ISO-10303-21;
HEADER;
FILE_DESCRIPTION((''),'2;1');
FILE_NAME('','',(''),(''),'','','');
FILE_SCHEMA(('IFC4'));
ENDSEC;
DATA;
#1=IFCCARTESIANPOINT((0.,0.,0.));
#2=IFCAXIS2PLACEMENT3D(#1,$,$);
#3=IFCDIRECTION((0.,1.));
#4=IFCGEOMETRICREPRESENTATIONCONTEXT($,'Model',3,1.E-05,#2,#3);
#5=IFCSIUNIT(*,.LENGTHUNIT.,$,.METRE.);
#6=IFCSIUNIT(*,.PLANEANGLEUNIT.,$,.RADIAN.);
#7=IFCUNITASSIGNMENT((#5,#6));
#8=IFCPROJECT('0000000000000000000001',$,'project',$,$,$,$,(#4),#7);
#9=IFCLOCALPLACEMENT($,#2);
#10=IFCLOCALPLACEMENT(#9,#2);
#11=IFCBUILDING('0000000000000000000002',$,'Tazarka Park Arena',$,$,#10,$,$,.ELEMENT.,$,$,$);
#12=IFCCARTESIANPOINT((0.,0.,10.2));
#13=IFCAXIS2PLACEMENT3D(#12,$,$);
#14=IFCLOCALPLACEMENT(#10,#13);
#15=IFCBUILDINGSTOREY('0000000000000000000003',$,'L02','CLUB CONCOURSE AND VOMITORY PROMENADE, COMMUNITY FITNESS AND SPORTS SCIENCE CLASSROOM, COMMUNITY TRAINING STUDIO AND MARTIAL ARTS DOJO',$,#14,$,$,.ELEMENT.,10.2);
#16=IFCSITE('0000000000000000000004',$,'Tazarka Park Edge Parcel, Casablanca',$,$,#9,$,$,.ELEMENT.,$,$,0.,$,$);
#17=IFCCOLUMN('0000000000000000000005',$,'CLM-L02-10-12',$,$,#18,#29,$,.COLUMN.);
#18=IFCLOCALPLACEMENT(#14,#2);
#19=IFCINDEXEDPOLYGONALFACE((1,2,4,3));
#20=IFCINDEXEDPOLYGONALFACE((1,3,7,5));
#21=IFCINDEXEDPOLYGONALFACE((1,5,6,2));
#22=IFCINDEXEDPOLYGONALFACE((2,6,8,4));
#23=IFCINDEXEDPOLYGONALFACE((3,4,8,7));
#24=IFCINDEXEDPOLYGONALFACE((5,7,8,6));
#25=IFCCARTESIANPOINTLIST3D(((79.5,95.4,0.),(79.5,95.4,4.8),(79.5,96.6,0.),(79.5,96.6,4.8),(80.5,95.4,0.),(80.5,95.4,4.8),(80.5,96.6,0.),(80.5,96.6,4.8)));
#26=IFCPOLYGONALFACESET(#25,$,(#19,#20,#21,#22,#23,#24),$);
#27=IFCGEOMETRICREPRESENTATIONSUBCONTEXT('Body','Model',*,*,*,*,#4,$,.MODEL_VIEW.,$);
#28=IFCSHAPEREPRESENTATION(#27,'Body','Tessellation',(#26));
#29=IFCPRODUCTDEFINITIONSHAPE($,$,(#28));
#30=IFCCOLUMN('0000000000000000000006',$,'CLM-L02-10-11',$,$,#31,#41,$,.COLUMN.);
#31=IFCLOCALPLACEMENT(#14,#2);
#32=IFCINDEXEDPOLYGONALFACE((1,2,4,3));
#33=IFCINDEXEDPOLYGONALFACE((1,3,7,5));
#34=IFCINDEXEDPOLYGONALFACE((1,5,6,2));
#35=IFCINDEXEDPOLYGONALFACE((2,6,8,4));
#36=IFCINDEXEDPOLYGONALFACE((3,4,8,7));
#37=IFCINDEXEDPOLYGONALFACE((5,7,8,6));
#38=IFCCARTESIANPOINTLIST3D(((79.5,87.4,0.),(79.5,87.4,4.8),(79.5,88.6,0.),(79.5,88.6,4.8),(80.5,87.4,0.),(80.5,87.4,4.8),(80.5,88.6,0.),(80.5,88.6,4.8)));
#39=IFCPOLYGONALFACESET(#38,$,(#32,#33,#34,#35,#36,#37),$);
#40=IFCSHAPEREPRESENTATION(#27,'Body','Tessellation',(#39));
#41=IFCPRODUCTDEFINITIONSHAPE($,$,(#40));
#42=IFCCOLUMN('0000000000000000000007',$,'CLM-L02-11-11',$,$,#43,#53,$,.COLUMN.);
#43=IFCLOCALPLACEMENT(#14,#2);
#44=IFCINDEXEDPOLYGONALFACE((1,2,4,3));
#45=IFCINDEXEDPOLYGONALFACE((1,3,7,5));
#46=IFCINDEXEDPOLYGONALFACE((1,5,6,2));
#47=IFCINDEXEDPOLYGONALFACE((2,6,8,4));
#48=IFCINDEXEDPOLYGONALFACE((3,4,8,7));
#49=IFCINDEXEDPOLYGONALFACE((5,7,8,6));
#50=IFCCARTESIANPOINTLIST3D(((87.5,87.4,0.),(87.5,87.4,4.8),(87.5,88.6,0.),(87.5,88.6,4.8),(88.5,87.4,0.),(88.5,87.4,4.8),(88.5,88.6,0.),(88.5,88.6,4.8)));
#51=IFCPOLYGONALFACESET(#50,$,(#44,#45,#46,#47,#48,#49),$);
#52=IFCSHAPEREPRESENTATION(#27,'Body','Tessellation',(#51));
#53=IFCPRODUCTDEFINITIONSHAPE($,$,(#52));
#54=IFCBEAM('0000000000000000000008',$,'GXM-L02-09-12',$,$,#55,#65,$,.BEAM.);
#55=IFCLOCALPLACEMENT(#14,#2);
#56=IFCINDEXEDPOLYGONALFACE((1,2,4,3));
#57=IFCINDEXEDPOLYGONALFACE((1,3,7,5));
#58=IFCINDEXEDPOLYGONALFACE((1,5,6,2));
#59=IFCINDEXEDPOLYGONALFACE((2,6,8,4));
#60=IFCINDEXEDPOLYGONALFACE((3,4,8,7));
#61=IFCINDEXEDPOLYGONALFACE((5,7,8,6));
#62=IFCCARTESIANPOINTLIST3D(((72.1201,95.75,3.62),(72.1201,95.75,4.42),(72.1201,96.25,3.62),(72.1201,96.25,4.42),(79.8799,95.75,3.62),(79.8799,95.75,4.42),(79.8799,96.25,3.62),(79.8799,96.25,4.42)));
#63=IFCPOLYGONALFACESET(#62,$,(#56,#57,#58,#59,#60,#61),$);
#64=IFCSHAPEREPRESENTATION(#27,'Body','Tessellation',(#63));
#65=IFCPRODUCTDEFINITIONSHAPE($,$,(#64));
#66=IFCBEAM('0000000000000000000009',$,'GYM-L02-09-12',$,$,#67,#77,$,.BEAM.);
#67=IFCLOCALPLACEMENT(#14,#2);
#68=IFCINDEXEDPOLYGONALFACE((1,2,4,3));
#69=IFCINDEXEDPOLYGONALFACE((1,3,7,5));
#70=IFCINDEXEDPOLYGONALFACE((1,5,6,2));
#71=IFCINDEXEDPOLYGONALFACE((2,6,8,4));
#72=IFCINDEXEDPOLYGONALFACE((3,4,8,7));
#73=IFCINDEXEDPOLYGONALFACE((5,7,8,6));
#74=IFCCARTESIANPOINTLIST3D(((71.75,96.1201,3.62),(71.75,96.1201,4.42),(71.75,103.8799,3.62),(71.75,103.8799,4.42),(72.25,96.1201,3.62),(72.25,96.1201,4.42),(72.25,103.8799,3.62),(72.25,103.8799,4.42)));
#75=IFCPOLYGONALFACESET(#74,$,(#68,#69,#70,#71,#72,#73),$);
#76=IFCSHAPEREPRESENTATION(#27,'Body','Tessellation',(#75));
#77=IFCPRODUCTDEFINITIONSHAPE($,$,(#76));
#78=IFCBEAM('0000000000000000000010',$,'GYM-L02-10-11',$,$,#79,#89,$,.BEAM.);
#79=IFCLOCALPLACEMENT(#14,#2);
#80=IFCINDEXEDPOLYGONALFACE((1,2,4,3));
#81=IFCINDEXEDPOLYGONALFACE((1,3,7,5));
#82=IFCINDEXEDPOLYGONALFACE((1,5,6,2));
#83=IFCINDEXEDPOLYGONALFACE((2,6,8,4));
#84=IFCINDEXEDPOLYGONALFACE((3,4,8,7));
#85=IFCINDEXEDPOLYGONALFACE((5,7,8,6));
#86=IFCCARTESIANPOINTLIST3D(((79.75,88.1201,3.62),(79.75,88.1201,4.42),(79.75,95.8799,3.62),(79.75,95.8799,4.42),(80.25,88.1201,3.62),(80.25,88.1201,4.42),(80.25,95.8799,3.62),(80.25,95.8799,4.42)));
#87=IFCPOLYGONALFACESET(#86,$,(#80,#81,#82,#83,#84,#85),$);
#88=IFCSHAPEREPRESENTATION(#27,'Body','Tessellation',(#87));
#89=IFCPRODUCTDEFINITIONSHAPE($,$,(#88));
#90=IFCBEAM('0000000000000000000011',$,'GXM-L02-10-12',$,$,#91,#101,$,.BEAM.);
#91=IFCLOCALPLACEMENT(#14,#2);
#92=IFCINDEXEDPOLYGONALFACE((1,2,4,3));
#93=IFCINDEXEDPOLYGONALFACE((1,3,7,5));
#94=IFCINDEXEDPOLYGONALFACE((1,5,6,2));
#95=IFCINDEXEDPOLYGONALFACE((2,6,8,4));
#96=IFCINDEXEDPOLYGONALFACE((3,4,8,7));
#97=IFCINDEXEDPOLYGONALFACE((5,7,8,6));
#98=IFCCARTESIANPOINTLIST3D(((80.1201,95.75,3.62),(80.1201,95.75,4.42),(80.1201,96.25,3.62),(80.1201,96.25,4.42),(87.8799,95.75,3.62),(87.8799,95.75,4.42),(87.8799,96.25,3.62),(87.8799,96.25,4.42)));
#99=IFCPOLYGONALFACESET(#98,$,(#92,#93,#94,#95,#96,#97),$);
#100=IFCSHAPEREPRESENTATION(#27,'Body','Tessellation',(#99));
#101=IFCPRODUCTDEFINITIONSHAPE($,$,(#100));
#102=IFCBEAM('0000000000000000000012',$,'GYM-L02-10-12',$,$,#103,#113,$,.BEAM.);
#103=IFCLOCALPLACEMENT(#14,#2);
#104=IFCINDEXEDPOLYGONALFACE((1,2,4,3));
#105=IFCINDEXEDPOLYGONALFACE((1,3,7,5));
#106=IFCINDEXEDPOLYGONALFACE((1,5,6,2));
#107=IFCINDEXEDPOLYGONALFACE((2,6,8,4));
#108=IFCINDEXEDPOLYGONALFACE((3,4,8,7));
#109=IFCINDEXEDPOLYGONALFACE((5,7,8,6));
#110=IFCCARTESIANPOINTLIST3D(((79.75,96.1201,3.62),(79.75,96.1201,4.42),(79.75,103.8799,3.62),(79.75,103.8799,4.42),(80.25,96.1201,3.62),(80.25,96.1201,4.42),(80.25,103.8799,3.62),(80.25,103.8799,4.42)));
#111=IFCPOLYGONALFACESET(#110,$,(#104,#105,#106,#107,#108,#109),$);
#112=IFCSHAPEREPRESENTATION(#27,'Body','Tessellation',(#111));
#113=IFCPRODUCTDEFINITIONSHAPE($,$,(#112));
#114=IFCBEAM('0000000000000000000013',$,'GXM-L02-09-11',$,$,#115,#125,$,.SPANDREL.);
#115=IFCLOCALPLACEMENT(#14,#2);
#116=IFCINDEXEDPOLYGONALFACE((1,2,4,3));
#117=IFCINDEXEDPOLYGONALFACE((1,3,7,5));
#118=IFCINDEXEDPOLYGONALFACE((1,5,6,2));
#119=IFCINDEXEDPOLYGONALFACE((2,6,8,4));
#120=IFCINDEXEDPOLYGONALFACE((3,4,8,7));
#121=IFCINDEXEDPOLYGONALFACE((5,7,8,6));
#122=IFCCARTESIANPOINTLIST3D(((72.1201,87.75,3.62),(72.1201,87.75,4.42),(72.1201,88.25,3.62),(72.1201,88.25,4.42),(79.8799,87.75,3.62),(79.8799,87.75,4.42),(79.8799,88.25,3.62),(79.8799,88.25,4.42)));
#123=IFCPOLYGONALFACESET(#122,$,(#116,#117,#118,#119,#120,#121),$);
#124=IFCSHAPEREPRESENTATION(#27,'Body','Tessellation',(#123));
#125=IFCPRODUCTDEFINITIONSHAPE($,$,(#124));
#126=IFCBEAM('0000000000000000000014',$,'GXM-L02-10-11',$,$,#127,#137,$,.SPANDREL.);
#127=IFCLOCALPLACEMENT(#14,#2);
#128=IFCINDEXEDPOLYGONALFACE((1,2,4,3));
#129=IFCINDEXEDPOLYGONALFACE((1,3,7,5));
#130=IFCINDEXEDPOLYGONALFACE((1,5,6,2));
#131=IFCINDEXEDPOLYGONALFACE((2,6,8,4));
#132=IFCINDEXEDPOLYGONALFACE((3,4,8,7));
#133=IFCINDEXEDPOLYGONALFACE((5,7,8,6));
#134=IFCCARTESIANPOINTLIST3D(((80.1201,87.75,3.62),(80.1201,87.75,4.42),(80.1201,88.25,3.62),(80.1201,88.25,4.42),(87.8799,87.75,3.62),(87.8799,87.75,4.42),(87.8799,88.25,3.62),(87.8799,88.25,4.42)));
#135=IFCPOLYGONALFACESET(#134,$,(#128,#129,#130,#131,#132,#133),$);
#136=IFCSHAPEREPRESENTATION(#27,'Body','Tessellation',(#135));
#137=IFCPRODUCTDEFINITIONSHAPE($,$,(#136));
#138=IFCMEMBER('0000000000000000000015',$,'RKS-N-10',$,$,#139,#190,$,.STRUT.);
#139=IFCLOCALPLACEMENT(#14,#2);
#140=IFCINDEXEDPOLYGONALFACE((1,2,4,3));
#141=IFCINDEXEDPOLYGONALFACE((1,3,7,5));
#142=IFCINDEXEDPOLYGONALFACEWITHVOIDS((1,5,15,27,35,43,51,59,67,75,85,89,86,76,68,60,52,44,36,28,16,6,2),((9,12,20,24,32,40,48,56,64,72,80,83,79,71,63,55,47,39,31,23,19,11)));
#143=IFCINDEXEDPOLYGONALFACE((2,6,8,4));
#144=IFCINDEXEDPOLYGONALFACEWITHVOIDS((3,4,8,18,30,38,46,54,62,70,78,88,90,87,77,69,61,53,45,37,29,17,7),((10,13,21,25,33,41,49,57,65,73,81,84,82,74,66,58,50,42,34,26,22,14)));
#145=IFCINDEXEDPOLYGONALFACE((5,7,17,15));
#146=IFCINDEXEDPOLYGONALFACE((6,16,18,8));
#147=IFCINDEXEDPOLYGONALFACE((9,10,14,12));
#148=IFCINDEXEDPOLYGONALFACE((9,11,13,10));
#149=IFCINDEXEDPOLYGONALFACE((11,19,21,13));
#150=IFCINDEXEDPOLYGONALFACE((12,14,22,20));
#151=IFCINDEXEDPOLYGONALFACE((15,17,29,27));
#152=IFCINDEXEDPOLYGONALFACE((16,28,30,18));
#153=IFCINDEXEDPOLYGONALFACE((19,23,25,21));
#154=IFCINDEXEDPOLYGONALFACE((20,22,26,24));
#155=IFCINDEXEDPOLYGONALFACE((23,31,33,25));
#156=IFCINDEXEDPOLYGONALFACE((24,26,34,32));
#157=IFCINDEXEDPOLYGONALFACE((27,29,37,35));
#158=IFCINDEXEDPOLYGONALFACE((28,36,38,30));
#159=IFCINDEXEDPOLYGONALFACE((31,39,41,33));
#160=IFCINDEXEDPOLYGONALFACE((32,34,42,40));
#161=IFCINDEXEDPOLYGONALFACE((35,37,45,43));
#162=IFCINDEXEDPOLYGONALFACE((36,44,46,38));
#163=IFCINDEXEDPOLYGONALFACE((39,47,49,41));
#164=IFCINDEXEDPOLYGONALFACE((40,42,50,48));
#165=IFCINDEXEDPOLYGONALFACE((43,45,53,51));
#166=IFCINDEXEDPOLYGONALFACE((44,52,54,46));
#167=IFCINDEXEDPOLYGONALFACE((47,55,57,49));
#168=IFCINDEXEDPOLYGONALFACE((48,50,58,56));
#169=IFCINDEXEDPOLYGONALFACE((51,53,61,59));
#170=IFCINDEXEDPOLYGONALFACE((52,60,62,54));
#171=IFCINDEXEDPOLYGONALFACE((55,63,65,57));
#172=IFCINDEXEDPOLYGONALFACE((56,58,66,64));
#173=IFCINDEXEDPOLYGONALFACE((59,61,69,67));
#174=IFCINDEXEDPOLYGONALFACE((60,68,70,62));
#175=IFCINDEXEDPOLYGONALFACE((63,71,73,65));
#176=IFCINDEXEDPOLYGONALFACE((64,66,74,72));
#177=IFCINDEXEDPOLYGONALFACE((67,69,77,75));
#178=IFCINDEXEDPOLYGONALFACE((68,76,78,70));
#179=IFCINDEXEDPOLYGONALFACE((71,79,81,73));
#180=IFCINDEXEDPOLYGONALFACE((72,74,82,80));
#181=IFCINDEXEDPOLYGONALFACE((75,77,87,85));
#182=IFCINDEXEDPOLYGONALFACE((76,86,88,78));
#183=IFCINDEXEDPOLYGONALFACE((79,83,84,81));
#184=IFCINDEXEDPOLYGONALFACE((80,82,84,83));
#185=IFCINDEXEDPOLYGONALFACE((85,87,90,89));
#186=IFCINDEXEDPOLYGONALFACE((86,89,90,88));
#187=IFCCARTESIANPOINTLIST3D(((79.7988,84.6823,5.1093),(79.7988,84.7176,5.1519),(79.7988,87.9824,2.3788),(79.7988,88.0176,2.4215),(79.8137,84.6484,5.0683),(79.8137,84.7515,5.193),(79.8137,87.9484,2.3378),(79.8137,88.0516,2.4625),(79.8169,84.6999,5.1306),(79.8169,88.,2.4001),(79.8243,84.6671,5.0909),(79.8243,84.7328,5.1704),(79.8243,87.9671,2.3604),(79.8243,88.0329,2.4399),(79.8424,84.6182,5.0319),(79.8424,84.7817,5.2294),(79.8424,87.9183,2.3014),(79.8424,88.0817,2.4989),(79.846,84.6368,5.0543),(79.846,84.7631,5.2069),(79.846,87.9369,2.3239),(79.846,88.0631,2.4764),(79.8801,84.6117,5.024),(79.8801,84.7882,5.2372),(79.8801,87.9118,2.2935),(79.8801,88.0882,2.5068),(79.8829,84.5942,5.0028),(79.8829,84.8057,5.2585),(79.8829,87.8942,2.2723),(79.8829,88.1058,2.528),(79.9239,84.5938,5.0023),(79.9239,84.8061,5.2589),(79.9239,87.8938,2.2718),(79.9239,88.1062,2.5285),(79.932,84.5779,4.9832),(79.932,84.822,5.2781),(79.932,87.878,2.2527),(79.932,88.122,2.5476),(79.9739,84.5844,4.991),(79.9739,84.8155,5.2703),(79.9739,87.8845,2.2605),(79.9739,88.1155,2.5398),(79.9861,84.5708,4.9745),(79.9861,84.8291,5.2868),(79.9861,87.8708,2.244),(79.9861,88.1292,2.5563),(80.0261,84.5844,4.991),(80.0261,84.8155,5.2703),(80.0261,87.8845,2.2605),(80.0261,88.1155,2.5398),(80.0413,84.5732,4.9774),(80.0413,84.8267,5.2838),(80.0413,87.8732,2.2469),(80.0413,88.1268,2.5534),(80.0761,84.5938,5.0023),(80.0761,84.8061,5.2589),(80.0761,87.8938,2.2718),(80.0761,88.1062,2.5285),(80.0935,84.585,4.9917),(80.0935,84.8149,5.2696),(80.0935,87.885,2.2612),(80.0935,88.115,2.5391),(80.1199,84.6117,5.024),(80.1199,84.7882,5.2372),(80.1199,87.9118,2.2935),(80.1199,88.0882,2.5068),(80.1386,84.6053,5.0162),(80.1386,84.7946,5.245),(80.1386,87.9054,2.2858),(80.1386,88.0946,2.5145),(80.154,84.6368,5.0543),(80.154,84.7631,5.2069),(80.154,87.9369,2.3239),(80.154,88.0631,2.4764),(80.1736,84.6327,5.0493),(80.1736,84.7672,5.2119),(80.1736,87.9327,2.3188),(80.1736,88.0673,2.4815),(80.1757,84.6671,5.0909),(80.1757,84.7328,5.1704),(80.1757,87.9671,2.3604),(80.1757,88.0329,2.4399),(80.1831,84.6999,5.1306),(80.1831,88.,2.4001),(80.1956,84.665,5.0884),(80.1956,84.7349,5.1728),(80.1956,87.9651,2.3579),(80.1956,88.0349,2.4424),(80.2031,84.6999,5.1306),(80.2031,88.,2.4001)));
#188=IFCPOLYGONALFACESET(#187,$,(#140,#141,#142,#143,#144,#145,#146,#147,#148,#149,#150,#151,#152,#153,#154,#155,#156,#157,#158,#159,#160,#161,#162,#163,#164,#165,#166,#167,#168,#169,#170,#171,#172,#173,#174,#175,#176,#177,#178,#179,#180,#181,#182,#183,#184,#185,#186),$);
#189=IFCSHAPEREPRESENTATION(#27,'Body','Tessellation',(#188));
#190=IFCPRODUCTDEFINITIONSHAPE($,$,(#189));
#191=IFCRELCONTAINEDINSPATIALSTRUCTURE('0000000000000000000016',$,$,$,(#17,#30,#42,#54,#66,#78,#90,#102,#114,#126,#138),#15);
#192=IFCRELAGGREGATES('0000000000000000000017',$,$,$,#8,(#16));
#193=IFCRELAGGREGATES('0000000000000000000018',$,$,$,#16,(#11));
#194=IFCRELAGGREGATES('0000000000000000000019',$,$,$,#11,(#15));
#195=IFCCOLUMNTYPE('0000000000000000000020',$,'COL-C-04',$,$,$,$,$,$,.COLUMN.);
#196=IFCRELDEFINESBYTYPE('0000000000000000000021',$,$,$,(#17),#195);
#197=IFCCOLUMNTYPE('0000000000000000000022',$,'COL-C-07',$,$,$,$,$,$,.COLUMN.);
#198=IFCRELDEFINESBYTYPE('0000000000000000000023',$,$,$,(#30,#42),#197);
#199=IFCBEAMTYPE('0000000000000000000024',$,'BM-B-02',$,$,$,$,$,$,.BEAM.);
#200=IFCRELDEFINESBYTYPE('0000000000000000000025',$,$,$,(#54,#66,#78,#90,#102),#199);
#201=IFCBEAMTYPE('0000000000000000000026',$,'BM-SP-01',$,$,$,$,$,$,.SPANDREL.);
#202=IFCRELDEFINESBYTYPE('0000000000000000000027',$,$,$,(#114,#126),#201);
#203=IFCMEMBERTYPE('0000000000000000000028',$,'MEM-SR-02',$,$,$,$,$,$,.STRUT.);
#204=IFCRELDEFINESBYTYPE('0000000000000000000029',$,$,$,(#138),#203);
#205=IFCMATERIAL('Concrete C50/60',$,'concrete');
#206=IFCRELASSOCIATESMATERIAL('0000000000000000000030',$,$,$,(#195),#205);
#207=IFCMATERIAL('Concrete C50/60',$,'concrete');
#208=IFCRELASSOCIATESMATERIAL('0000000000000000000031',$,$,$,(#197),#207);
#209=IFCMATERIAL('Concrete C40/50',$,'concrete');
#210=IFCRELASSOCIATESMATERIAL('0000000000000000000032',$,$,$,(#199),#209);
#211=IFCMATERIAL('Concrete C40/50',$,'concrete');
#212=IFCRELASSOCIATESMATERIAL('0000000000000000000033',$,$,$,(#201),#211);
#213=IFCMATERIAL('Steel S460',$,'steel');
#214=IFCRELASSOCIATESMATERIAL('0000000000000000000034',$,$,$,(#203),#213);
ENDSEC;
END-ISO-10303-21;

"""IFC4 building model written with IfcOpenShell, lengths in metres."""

from ifc_helpers import new_model, si_unit, direction, frame, origin, origin_2d, place, context, subcontext, project, spatial, rectangle, hollow_circle, extrude, material, material_profile, profile_set, type_object, element, save


model = new_model("IFC4")

# Units and contexts
model_context = context("Model", 3, precision=1e-05, world=origin(), true_north=direction((0.0, 1.0)))
body_context = subcontext(model_context, "Body", "Model", "MODEL_VIEW")
ifc_project = project(units=[si_unit("LENGTHUNIT", "METRE"), si_unit("PLANEANGLEUNIT", "RADIAN")], contexts=[model_context])

# Site, building, storey
site_placement = place(None, origin())
site = spatial("IfcSite", under=ifc_project, at=site_placement, Name="Tazarka Park Edge Parcel, Casablanca", CompositionType="ELEMENT", RefElevation=0.0)
building_placement = place(site_placement, origin())
building = spatial("IfcBuilding", under=site, at=building_placement, Name="Tazarka Park Arena", CompositionType="ELEMENT")
storey_placement = place(building_placement, frame((0.0, 0.0, 10.2)))
storey = spatial("IfcBuildingStorey", under=building, at=storey_placement, Name="L02", Description="CLUB CONCOURSE AND VOMITORY PROMENADE, COMMUNITY FITNESS AND SPORTS SCIENCE CLASSROOM, COMMUNITY TRAINING STUDIO AND MARTIAL ARTS DOJO", CompositionType="ELEMENT", Elevation=10.2)

# Columns
ifc_material_1 = material(Name="Concrete C50/60", Category="concrete")
ifc_material_profile_1 = material_profile(ifc_material_1, rectangle(XDim=1.0, YDim=1.2, at=origin_2d()), Name="Concrete C50/60")
ifc_profile_set_1 = profile_set([ifc_material_profile_1], Name="Concrete C50/60")
column_type_1 = type_object("IfcColumnType", Name="COL-C-04", PredefinedType="COLUMN", material=ifc_profile_set_1)
column_placement = place(storey_placement, frame((80.0, 96.0, 0.0), z_axis=(0.0, 0.0, 1.0), x_axis=(1.0, 0.0, 0.0)))
element("IfcColumn", 1, at=column_placement, inside=storey, type_object=column_type_1, Name="CLM-L02-10-12", PredefinedType="COLUMN", context=body_context, shape_type="SweptSolid", body=[
    extrude(rectangle(XDim=1.0, YDim=1.2, at=origin_2d()), origin(), (0.0, 0.0, 1.0), 4.8),
])
ifc_material_2 = material(Name="Concrete C50/60", Category="concrete")
ifc_material_profile_2 = material_profile(ifc_material_2, rectangle(XDim=1.0, YDim=1.2, at=origin_2d()), Name="Concrete C50/60")
ifc_profile_set_2 = profile_set([ifc_material_profile_2], Name="Concrete C50/60")
column_type_2 = type_object("IfcColumnType", Name="COL-C-07", PredefinedType="COLUMN", material=ifc_profile_set_2)
for number, where, z_axis, x_axis, name in (
    (2, (80.0, 88.0, 0.0), (0.0, 0.0, 1.0), (1.0, 0.0, 0.0), "CLM-L02-10-11"),
    (3, (88.0, 88.0, 0.0), (0.0, 0.0, 1.0), (1.0, 0.0, 0.0), "CLM-L02-11-11"),
):
    element("IfcColumn", number, at=place(storey_placement, frame(where, z_axis=z_axis, x_axis=x_axis)), inside=storey, type_object=column_type_2, Name=name, PredefinedType="COLUMN", context=body_context, shape_type="SweptSolid", body=[
        extrude(rectangle(XDim=1.0, YDim=1.2, at=origin_2d()), origin(), (0.0, 0.0, 1.0), 4.8),
    ])

# Beams
ifc_material_3 = material(Name="Concrete C40/50", Category="concrete")
ifc_material_profile_3 = material_profile(ifc_material_3, rectangle(XDim=0.5, YDim=0.8, at=origin_2d()), Name="Concrete C40/50")
ifc_profile_set_3 = profile_set([ifc_material_profile_3], Name="Concrete C40/50")
beam_type_1 = type_object("IfcBeamType", Name="BM-B-02", PredefinedType="BEAM", material=ifc_profile_set_3)
for number, where, z_axis, x_axis, name in (
    (4, (72.1201, 96.0, 4.02), (1.0, 0.0, 0.0), (0.0, 1.0, 0.0), "GXM-L02-09-12"),
    (5, (72.0, 96.1201, 4.02), (0.0, 1.0, 0.0), (-1.0, 0.0, 0.0), "GYM-L02-09-12"),
    (6, (80.0, 88.1201, 4.02), (0.0, 1.0, 0.0), (-1.0, 0.0, 0.0), "GYM-L02-10-11"),
    (7, (80.1201, 96.0, 4.02), (1.0, 0.0, 0.0), (0.0, 1.0, 0.0), "GXM-L02-10-12"),
    (8, (80.0, 96.1201, 4.02), (0.0, 1.0, 0.0), (-1.0, 0.0, 0.0), "GYM-L02-10-12"),
):
    element("IfcBeam", number, at=place(storey_placement, frame(where, z_axis=z_axis, x_axis=x_axis)), inside=storey, type_object=beam_type_1, Name=name, PredefinedType="BEAM", context=body_context, shape_type="SweptSolid", body=[
        extrude(rectangle(XDim=0.5, YDim=0.8, at=origin_2d()), origin(), (0.0, 0.0, 1.0), 7.7598),
    ])
ifc_material_4 = material(Name="Concrete C40/50", Category="concrete")
ifc_material_profile_4 = material_profile(ifc_material_4, rectangle(XDim=0.5, YDim=0.8, at=origin_2d()), Name="Concrete C40/50")
ifc_profile_set_4 = profile_set([ifc_material_profile_4], Name="Concrete C40/50")
beam_type_2 = type_object("IfcBeamType", Name="BM-SP-01", PredefinedType="SPANDREL", material=ifc_profile_set_4)
for number, where, z_axis, x_axis, name in (
    (9, (72.1201, 88.0, 4.02), (1.0, 0.0, 0.0), (0.0, 1.0, 0.0), "GXM-L02-09-11"),
    (10, (80.1201, 88.0, 4.02), (1.0, 0.0, 0.0), (0.0, 1.0, 0.0), "GXM-L02-10-11"),
):
    element("IfcBeam", number, at=place(storey_placement, frame(where, z_axis=z_axis, x_axis=x_axis)), inside=storey, type_object=beam_type_2, Name=name, PredefinedType="SPANDREL", context=body_context, shape_type="SweptSolid", body=[
        extrude(rectangle(XDim=0.5, YDim=0.8, at=origin_2d()), origin(), (0.0, 0.0, 1.0), 7.7598),
    ])

# Member
ifc_material_5 = material(Name="Steel S460", Category="steel")
ifc_material_profile_5 = material_profile(ifc_material_5, hollow_circle(Radius=0.2031, WallThickness=0.02, at=origin_2d()), Name="Steel S460")
ifc_profile_set_5 = profile_set([ifc_material_profile_5], Name="Steel S460")
member_type = type_object("IfcMemberType", Name="MEM-SR-02", PredefinedType="STRUT", material=ifc_profile_set_5)
for number, where, z_axis, x_axis, name in (
    (11, (80.0, 88.0, 2.4001), (0.0, -0.770464, 0.637484), (1.0, 0.0, 0.0), "RKS-N-10"),
):
    element("IfcMember", number, at=place(storey_placement, frame(where, z_axis=z_axis, x_axis=x_axis)), inside=storey, type_object=member_type, Name=name, PredefinedType="STRUT", context=body_context, shape_type="SweptSolid", body=[
        extrude(hollow_circle(Radius=0.2031, WallThickness=0.02, at=origin_2d()), origin(), (0.0, 0.0, 1.0), 4.2832),
    ])

save(model, "model.ifc")
